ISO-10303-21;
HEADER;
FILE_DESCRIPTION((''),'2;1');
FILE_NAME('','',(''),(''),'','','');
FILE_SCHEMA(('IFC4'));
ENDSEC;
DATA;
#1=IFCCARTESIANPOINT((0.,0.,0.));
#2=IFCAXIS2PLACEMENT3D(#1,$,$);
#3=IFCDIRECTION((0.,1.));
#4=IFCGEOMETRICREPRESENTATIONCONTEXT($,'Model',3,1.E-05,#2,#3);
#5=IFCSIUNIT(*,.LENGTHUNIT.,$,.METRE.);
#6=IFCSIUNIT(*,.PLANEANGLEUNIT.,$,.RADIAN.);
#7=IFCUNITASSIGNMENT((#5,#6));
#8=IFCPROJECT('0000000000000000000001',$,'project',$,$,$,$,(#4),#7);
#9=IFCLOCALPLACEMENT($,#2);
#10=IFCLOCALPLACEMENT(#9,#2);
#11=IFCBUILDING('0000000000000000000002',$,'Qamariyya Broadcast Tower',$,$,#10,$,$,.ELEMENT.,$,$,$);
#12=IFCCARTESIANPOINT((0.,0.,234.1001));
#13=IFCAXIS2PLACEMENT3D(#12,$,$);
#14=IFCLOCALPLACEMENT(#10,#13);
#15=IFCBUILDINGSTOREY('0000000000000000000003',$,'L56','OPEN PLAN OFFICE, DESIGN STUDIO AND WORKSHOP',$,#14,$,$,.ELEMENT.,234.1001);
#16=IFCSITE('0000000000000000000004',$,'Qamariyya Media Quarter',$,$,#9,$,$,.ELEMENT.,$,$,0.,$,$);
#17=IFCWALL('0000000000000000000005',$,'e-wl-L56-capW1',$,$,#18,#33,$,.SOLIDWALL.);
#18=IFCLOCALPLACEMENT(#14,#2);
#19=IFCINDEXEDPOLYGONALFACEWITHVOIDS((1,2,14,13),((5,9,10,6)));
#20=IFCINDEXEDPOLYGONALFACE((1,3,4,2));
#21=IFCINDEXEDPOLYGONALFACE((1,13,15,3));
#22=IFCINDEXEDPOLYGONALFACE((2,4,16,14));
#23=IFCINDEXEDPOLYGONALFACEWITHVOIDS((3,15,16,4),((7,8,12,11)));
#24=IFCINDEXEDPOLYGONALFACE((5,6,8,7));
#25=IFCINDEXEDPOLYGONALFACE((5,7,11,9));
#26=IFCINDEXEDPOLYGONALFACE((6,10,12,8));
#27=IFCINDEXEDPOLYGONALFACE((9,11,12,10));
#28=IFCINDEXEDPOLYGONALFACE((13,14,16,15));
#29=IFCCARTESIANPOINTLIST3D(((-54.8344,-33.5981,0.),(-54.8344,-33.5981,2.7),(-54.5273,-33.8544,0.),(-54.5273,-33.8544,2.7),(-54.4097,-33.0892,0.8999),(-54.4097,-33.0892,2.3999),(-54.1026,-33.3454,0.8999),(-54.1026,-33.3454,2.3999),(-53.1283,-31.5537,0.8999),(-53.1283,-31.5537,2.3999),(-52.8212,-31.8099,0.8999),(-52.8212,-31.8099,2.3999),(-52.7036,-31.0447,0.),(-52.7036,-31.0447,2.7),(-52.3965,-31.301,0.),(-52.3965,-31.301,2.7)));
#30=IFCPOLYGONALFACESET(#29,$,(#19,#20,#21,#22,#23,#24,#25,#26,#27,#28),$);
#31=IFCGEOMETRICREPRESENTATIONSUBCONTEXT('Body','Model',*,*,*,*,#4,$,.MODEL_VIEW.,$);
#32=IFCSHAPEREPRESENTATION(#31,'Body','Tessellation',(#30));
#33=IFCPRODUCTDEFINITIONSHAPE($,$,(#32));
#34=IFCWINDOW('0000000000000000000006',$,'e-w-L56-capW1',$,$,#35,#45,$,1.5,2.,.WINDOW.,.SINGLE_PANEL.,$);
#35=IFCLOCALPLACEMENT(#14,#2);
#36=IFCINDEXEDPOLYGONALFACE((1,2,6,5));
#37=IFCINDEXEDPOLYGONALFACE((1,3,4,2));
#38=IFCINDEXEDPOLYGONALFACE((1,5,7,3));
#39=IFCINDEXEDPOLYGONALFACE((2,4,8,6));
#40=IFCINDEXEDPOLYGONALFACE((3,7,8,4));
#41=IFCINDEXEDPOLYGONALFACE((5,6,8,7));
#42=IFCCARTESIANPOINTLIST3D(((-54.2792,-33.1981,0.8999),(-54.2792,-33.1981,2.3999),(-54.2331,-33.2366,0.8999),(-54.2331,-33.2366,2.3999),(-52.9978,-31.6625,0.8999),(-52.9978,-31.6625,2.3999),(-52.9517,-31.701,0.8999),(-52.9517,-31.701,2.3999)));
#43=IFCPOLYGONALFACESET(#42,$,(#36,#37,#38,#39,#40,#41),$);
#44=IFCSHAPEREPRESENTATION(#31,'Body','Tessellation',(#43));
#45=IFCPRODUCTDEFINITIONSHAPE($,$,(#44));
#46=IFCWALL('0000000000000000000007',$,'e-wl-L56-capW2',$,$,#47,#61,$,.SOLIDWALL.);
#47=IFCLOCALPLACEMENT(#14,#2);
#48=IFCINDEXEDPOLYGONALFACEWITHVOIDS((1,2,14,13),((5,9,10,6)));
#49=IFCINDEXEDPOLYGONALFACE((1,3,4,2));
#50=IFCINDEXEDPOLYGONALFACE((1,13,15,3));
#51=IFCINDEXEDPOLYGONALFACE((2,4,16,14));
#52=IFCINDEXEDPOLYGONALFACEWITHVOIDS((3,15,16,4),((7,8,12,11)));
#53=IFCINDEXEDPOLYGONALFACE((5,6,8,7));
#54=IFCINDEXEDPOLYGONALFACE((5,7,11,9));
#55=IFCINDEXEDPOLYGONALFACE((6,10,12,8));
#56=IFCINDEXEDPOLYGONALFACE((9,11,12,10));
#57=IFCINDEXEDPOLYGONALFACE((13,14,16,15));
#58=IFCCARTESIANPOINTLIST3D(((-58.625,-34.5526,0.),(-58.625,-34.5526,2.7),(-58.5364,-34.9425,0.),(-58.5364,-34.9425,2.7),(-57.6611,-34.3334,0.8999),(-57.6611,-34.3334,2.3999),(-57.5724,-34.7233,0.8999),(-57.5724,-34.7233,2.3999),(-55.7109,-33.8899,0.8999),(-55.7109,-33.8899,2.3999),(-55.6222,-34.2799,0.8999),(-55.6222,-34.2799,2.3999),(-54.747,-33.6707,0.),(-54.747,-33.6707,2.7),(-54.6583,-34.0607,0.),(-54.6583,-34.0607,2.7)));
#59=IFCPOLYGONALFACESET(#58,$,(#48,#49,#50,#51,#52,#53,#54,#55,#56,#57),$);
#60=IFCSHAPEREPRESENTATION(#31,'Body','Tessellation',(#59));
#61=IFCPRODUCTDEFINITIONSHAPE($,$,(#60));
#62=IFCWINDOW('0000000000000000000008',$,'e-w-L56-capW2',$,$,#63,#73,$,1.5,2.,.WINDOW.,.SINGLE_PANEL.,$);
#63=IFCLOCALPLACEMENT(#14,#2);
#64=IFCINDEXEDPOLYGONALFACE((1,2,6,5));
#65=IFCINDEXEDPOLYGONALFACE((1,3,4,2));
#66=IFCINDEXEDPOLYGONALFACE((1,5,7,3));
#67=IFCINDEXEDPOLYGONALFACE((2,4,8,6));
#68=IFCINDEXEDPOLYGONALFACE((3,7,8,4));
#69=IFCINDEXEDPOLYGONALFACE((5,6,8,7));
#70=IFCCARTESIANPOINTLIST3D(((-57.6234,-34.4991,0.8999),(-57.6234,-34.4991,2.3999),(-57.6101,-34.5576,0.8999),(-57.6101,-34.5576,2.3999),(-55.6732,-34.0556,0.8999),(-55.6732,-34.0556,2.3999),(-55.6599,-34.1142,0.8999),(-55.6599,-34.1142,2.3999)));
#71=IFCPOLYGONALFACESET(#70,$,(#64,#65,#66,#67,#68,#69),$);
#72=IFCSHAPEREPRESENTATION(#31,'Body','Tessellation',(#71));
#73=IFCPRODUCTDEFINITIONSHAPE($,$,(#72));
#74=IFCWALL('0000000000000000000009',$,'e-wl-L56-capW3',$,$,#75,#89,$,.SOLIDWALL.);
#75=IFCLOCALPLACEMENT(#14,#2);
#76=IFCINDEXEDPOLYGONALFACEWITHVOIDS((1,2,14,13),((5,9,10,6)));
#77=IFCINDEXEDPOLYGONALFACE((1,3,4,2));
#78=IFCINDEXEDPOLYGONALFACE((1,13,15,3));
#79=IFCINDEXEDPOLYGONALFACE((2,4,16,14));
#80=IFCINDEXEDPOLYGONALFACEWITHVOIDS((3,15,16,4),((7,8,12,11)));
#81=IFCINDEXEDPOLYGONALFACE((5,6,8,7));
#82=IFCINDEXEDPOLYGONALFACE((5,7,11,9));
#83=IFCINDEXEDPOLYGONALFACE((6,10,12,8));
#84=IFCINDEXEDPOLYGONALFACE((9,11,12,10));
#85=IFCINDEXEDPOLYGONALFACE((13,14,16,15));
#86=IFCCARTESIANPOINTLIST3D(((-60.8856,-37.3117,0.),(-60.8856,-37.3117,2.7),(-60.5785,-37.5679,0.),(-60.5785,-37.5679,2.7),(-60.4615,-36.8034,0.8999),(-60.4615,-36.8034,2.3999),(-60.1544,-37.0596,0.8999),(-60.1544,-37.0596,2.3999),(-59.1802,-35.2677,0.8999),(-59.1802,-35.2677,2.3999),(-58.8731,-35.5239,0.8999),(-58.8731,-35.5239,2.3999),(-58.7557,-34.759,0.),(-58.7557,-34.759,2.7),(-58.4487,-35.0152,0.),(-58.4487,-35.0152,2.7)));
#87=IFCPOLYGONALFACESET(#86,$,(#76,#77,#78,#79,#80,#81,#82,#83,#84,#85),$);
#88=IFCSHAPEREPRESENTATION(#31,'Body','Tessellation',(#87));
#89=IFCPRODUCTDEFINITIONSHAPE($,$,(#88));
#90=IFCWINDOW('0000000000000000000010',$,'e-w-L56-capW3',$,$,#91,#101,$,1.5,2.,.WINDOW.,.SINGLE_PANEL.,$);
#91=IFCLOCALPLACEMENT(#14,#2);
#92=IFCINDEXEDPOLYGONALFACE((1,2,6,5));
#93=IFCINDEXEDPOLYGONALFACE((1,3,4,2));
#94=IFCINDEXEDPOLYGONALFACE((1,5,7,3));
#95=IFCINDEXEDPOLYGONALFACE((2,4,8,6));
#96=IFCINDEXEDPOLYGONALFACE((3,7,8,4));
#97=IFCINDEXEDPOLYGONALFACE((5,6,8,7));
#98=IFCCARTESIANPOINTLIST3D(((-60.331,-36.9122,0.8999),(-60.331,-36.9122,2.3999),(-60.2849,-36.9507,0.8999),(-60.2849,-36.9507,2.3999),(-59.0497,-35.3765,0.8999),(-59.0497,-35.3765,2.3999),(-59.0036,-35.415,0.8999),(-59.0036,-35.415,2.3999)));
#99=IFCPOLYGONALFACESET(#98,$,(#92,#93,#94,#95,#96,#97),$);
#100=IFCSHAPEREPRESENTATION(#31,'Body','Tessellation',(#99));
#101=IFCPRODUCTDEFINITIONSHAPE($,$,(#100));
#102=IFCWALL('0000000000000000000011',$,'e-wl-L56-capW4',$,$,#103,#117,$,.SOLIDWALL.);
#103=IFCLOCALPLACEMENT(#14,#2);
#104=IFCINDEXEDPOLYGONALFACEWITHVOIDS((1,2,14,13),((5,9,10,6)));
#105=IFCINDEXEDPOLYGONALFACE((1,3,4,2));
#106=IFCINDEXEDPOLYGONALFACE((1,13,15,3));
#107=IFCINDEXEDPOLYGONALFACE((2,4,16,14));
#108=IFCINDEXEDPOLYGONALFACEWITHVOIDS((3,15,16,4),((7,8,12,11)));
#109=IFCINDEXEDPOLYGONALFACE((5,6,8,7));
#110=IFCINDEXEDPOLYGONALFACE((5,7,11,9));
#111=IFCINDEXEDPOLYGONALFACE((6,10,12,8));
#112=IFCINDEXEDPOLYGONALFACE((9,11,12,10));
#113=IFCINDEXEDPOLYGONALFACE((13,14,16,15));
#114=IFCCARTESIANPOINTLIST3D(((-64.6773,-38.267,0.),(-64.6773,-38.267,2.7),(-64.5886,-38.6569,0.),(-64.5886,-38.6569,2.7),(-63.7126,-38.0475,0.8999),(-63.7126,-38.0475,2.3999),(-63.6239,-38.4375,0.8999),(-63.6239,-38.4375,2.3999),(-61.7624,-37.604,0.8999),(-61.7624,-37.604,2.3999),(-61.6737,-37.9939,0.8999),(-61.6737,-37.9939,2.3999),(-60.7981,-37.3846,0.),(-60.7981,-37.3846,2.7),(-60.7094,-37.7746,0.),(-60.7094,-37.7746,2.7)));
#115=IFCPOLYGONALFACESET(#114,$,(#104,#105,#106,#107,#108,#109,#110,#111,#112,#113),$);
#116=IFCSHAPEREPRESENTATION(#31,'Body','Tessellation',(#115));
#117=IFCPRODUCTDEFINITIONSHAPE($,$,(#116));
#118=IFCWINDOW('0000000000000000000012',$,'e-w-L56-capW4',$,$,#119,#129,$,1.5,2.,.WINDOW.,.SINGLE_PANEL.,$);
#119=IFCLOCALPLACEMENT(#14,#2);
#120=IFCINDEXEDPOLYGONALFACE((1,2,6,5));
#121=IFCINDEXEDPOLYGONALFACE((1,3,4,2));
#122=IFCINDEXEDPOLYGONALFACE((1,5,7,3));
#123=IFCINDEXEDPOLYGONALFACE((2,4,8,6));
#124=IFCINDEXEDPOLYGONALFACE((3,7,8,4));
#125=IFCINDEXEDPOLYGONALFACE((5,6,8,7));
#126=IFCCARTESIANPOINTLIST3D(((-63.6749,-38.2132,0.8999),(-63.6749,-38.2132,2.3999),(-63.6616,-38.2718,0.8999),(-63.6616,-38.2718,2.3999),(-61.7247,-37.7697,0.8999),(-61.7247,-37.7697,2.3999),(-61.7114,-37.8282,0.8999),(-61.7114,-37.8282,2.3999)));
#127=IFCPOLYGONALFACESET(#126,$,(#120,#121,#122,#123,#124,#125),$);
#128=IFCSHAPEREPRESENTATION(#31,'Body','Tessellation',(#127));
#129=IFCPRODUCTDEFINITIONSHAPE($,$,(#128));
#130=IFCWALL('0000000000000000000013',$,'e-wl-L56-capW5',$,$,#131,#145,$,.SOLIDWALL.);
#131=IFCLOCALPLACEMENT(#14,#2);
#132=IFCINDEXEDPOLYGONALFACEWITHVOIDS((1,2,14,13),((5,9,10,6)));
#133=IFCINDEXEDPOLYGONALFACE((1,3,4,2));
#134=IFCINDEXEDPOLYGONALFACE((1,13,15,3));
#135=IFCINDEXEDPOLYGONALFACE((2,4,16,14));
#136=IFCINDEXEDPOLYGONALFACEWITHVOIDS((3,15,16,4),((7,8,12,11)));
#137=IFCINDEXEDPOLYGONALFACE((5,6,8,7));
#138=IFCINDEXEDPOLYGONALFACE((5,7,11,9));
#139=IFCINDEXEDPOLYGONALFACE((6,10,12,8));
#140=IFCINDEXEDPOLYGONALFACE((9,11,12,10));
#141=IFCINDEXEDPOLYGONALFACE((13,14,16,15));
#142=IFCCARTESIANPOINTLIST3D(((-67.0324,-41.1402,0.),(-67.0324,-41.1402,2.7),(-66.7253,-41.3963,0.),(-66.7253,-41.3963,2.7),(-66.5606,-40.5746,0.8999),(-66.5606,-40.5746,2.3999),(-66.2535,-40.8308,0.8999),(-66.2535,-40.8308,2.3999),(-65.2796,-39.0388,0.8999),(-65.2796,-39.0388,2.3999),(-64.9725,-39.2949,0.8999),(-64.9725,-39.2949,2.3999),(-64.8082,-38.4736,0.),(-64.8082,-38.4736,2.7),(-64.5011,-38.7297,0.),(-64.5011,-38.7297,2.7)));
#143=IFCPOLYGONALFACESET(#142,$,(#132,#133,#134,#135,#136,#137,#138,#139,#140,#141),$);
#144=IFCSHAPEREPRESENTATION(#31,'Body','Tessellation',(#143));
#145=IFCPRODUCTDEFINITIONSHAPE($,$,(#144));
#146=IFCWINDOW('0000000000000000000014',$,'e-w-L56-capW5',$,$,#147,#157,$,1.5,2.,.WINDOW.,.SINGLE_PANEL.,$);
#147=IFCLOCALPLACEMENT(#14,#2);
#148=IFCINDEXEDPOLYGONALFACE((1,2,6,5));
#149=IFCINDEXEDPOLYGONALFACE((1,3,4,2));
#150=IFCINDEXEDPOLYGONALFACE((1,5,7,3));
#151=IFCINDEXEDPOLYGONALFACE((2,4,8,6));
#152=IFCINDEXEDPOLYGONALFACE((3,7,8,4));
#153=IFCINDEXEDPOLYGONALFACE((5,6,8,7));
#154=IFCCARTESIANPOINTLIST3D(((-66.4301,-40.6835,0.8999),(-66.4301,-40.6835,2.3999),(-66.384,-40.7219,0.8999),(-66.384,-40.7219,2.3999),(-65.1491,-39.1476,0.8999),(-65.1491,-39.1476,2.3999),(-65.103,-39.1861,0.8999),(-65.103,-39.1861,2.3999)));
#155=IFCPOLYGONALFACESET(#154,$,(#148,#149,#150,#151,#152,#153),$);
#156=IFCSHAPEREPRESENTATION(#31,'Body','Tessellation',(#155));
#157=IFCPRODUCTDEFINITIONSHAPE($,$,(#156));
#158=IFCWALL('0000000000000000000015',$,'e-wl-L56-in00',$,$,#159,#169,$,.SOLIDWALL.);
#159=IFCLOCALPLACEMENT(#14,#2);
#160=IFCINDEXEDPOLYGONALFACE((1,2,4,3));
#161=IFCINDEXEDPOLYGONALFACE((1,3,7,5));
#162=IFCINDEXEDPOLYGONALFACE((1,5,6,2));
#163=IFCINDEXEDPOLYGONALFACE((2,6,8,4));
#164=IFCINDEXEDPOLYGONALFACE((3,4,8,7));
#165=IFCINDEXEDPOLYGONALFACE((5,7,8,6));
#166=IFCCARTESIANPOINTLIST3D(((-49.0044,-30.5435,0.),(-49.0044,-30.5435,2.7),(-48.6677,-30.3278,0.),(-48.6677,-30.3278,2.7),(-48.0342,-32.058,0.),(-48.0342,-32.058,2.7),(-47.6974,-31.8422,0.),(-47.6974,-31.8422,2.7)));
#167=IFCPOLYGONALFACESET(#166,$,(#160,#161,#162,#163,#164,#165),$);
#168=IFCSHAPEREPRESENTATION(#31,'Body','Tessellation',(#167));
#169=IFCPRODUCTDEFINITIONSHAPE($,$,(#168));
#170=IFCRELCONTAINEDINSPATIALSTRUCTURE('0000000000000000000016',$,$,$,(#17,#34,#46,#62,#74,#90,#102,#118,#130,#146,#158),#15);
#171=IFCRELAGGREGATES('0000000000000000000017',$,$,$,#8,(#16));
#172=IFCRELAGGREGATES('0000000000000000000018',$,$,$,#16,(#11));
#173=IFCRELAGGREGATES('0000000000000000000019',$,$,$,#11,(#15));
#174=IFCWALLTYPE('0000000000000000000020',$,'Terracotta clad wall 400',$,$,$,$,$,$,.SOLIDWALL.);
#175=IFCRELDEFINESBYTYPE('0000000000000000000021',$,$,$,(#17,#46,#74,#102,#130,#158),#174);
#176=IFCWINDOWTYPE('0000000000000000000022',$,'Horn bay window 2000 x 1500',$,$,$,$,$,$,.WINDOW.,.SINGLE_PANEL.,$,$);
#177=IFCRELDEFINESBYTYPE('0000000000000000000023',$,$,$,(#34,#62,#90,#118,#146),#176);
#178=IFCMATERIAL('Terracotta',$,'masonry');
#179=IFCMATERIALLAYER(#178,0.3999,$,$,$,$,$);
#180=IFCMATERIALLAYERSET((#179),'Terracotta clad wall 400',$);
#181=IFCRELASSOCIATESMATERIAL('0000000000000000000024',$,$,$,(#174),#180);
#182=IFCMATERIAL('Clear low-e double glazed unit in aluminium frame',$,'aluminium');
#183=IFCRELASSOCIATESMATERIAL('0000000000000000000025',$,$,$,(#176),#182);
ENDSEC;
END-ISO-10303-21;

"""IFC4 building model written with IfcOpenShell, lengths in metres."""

from ifc_helpers import new_model, si_unit, direction, frame, frame_2d, origin, place, context, subcontext, project, spatial, rectangle, extrude, material, layer, layer_set, type_object, element, fill, save


model = new_model("IFC4")

# Units and contexts
model_context = context("Model", 3, precision=1e-05, world=origin(), true_north=direction((0.0, 1.0)))
body_context = subcontext(model_context, "Body", "Model", "MODEL_VIEW")
ifc_project = project(units=[si_unit("LENGTHUNIT", "METRE"), si_unit("PLANEANGLEUNIT", "RADIAN")], contexts=[model_context])

# Site, building, storey
site_placement = place(None, origin())
site = spatial("IfcSite", under=ifc_project, at=site_placement, Name="Qamariyya Media Quarter", CompositionType="ELEMENT", RefElevation=0.0)
building_placement = place(site_placement, origin())
building = spatial("IfcBuilding", under=site, at=building_placement, Name="Qamariyya Broadcast Tower", CompositionType="ELEMENT")
storey_placement = place(building_placement, frame((0.0, 0.0, 234.1001)))
storey = spatial("IfcBuildingStorey", under=building, at=storey_placement, Name="L56", Description="OPEN PLAN OFFICE, DESIGN STUDIO AND WORKSHOP", CompositionType="ELEMENT", Elevation=234.1001)

# Walls, openings, windows
ifc_material_1 = material(Name="Terracotta", Category="masonry")
ifc_layer = layer(ifc_material_1, 0.3999)
ifc_layer_set = layer_set([ifc_layer], Name="Terracotta clad wall 400")
wall_type = type_object("IfcWallType", Name="Terracotta clad wall 400", PredefinedType="SOLIDWALL", material=ifc_layer_set)
ifc_material_2 = material(Name="Clear low-e double glazed unit in aluminium frame", Category="aluminium")
window_type_1 = type_object("IfcWindowType", Name="Horn bay window 2000 x 1500", PartitioningType="SINGLE_PANEL", PredefinedType="WINDOW", material=ifc_material_2)
wall_1_placement = place(storey_placement, frame((-52.55, -31.1729, 0.0), z_axis=(0.0, 0.0, 1.0), x_axis=(-0.640711, -0.767782, 0.0)))
wall_1 = element("IfcWall", 1, at=wall_1_placement, inside=storey, type_object=wall_type, Name="e-wl-L56-capW1", PredefinedType="SOLIDWALL", context=body_context, shape_type="SweptSolid", body=[
    extrude(rectangle(XDim=3.3257, YDim=0.3999, at=frame_2d((1.6628, 0.0))), origin(), (0.0, 0.0, 1.0), 2.7),
])
opening_1_placement = place(wall_1_placement, frame((0.6628, 0.0, 0.8999)))
opening_1 = element("IfcOpeningElement", 2, at=opening_1_placement, cuts=wall_1, PredefinedType="OPENING", context=body_context, shape_type="SweptSolid", body=[
    extrude(rectangle(XDim=2.0, YDim=1.5, at=frame_2d((1.0, 0.75))), frame((0.0, 0.21, 0.0), z_axis=(0.0, -1.0, 0.0), x_axis=(1.0, 0.0, 0.0)), (0.0, 0.0, 1.0), 0.4199),
])
window_1_placement = place(opening_1_placement, origin())
window_1 = element("IfcWindow", 3, at=window_1_placement, inside=storey, type_object=window_type_1, Name="e-w-L56-capW1", OverallHeight=1.5, OverallWidth=2.0, PartitioningType="SINGLE_PANEL", PredefinedType="WINDOW", context=body_context, shape_type="SweptSolid", body=[
    extrude(rectangle(XDim=2.0, YDim=1.5, at=frame_2d((1.0, 0.75))), frame((0.0, 0.03, 0.0), z_axis=(0.0, -1.0, 0.0), x_axis=(1.0, 0.0, 0.0)), (0.0, 0.0, 1.0), 0.0601),
])
fill(opening_1, window_1)
wall_2_placement = place(storey_placement, frame((-54.7026, -33.8657, 0.0), z_axis=(0.0, 0.0, 1.0), x_axis=(-0.975109, -0.221725, 0.0)))
wall_2 = element("IfcWall", 4, at=wall_2_placement, inside=storey, type_object=wall_type, Name="e-wl-L56-capW2", PredefinedType="SOLIDWALL", context=body_context, shape_type="SweptSolid", body=[
    extrude(rectangle(XDim=3.9771, YDim=0.3999, at=frame_2d((1.9885, 0.0))), origin(), (0.0, 0.0, 1.0), 2.7),
])
opening_2_placement = place(wall_2_placement, frame((0.9885, 0.0, 0.8999)))
opening_2 = element("IfcOpeningElement", 5, at=opening_2_placement, cuts=wall_2, PredefinedType="OPENING", context=body_context, shape_type="SweptSolid", body=[
    extrude(rectangle(XDim=2.0, YDim=1.5, at=frame_2d((1.0, 0.75))), frame((0.0, 0.21, 0.0), z_axis=(0.0, -1.0, 0.0), x_axis=(1.0, 0.0, 0.0)), (0.0, 0.0, 1.0), 0.4199),
])
window_2_placement = place(opening_2_placement, origin())
window_2 = element("IfcWindow", 6, at=window_2_placement, inside=storey, type_object=window_type_1, Name="e-w-L56-capW2", OverallHeight=1.5, OverallWidth=2.0, PartitioningType="SINGLE_PANEL", PredefinedType="WINDOW", context=body_context, shape_type="SweptSolid", body=[
    extrude(rectangle(XDim=2.0, YDim=1.5, at=frame_2d((1.0, 0.75))), frame((0.0, 0.03, 0.0), z_axis=(0.0, -1.0, 0.0), x_axis=(1.0, 0.0, 0.0)), (0.0, 0.0, 1.0), 0.0601),
])
fill(opening_2, window_2)
wall_3_placement = place(storey_placement, frame((-58.6023, -34.8872, 0.0), z_axis=(0.0, 0.0, 1.0), x_axis=(-0.640647, -0.767836, 0.0)))
wall_3 = element("IfcWall", 7, at=wall_3_placement, inside=storey, type_object=wall_type, Name="e-wl-L56-capW3", PredefinedType="SOLIDWALL", context=body_context, shape_type="SweptSolid", body=[
    extrude(rectangle(XDim=3.3245, YDim=0.3999, at=frame_2d((1.6621, 0.0))), origin(), (0.0, 0.0, 1.0), 2.7),
])
opening_3_placement = place(wall_3_placement, frame((0.6624, 0.0, 0.8999)))
opening_3 = element("IfcOpeningElement", 8, at=opening_3_placement, cuts=wall_3, PredefinedType="OPENING", context=body_context, shape_type="SweptSolid", body=[
    extrude(rectangle(XDim=2.0, YDim=1.5, at=frame_2d((1.0, 0.75))), frame((0.0, 0.21, 0.0), z_axis=(0.0, -1.0, 0.0), x_axis=(1.0, 0.0, 0.0)), (0.0, 0.0, 1.0), 0.4199),
])
window_3_placement = place(opening_3_placement, origin())
window_3 = element("IfcWindow", 9, at=window_3_placement, inside=storey, type_object=window_type_1, Name="e-w-L56-capW3", OverallHeight=1.5, OverallWidth=2.0, PartitioningType="SINGLE_PANEL", PredefinedType="WINDOW", context=body_context, shape_type="SweptSolid", body=[
    extrude(rectangle(XDim=2.0, YDim=1.5, at=frame_2d((1.0, 0.75))), frame((0.0, 0.03, 0.0), z_axis=(0.0, -1.0, 0.0), x_axis=(1.0, 0.0, 0.0)), (0.0, 0.0, 1.0), 0.0601),
])
fill(opening_3, window_3)
wall_4_placement = place(storey_placement, frame((-60.7537, -37.5796, 0.0), z_axis=(0.0, 0.0, 1.0), x_axis=(-0.975095, -0.221788, 0.0)))
wall_4 = element("IfcWall", 10, at=wall_4_placement, inside=storey, type_object=wall_type, Name="e-wl-L56-capW4", PredefinedType="SOLIDWALL", context=body_context, shape_type="SweptSolid", body=[
    extrude(rectangle(XDim=3.9783, YDim=0.3999, at=frame_2d((1.9893, 0.0))), origin(), (0.0, 0.0, 1.0), 2.7),
])
opening_4_placement = place(wall_4_placement, frame((0.989, 0.0, 0.8999)))
opening_4 = element("IfcOpeningElement", 11, at=opening_4_placement, cuts=wall_4, PredefinedType="OPENING", context=body_context, shape_type="SweptSolid", body=[
    extrude(rectangle(XDim=2.0, YDim=1.5, at=frame_2d((1.0, 0.75))), frame((0.0, 0.21, 0.0), z_axis=(0.0, -1.0, 0.0), x_axis=(1.0, 0.0, 0.0)), (0.0, 0.0, 1.0), 0.4199),
])
window_4_placement = place(opening_4_placement, origin())
window_4 = element("IfcWindow", 12, at=window_4_placement, inside=storey, type_object=window_type_1, Name="e-w-L56-capW4", OverallHeight=1.5, OverallWidth=2.0, PartitioningType="SINGLE_PANEL", PredefinedType="WINDOW", context=body_context, shape_type="SweptSolid", body=[
    extrude(rectangle(XDim=2.0, YDim=1.5, at=frame_2d((1.0, 0.75))), frame((0.0, 0.03, 0.0), z_axis=(0.0, -1.0, 0.0), x_axis=(1.0, 0.0, 0.0)), (0.0, 0.0, 1.0), 0.0601),
])
fill(opening_4, window_4)
wall_5_placement = place(storey_placement, frame((-64.6545, -38.6016, 0.0), z_axis=(0.0, 0.0, 1.0), x_axis=(-0.64053, -0.767933, 0.0)))
wall_5 = element("IfcWall", 13, at=wall_5_placement, inside=storey, type_object=wall_type, Name="e-wl-L56-capW5", PredefinedType="SOLIDWALL", context=body_context, shape_type="SweptSolid", body=[
    extrude(rectangle(XDim=3.4724, YDim=0.3999, at=frame_2d((1.7363, 0.0))), origin(), (0.0, 0.0, 1.0), 2.7),
])
opening_5_placement = place(wall_5_placement, frame((0.7361, 0.0, 0.8999)))
opening_5 = element("IfcOpeningElement", 14, at=opening_5_placement, cuts=wall_5, PredefinedType="OPENING", context=body_context, shape_type="SweptSolid", body=[
    extrude(rectangle(XDim=2.0, YDim=1.5, at=frame_2d((1.0, 0.75))), frame((0.0, 0.21, 0.0), z_axis=(0.0, -1.0, 0.0), x_axis=(1.0, 0.0, 0.0)), (0.0, 0.0, 1.0), 0.4199),
])
window_5_placement = place(opening_5_placement, origin())
window_5 = element("IfcWindow", 15, at=window_5_placement, inside=storey, type_object=window_type_1, Name="e-w-L56-capW5", OverallHeight=1.5, OverallWidth=2.0, PartitioningType="SINGLE_PANEL", PredefinedType="WINDOW", context=body_context, shape_type="SweptSolid", body=[
    extrude(rectangle(XDim=2.0, YDim=1.5, at=frame_2d((1.0, 0.75))), frame((0.0, 0.03, 0.0), z_axis=(0.0, -1.0, 0.0), x_axis=(1.0, 0.0, 0.0)), (0.0, 0.0, 1.0), 0.0601),
])
fill(opening_5, window_5)

# Wall
wall_6_placement = place(storey_placement, frame((-47.8657, -31.9502, 0.0), z_axis=(0.0, 0.0, 1.0), x_axis=(-0.539447, 0.84202, 0.0)))
element("IfcWall", 16, at=wall_6_placement, inside=storey, type_object=wall_type, Name="e-wl-L56-in00", PredefinedType="SOLIDWALL", context=body_context, shape_type="SweptSolid", body=[
    extrude(rectangle(XDim=1.7986, YDim=0.3999, at=frame_2d((0.8994, 0.0))), origin(), (0.0, 0.0, 1.0), 2.7),
])

save(model, "model.ifc")
